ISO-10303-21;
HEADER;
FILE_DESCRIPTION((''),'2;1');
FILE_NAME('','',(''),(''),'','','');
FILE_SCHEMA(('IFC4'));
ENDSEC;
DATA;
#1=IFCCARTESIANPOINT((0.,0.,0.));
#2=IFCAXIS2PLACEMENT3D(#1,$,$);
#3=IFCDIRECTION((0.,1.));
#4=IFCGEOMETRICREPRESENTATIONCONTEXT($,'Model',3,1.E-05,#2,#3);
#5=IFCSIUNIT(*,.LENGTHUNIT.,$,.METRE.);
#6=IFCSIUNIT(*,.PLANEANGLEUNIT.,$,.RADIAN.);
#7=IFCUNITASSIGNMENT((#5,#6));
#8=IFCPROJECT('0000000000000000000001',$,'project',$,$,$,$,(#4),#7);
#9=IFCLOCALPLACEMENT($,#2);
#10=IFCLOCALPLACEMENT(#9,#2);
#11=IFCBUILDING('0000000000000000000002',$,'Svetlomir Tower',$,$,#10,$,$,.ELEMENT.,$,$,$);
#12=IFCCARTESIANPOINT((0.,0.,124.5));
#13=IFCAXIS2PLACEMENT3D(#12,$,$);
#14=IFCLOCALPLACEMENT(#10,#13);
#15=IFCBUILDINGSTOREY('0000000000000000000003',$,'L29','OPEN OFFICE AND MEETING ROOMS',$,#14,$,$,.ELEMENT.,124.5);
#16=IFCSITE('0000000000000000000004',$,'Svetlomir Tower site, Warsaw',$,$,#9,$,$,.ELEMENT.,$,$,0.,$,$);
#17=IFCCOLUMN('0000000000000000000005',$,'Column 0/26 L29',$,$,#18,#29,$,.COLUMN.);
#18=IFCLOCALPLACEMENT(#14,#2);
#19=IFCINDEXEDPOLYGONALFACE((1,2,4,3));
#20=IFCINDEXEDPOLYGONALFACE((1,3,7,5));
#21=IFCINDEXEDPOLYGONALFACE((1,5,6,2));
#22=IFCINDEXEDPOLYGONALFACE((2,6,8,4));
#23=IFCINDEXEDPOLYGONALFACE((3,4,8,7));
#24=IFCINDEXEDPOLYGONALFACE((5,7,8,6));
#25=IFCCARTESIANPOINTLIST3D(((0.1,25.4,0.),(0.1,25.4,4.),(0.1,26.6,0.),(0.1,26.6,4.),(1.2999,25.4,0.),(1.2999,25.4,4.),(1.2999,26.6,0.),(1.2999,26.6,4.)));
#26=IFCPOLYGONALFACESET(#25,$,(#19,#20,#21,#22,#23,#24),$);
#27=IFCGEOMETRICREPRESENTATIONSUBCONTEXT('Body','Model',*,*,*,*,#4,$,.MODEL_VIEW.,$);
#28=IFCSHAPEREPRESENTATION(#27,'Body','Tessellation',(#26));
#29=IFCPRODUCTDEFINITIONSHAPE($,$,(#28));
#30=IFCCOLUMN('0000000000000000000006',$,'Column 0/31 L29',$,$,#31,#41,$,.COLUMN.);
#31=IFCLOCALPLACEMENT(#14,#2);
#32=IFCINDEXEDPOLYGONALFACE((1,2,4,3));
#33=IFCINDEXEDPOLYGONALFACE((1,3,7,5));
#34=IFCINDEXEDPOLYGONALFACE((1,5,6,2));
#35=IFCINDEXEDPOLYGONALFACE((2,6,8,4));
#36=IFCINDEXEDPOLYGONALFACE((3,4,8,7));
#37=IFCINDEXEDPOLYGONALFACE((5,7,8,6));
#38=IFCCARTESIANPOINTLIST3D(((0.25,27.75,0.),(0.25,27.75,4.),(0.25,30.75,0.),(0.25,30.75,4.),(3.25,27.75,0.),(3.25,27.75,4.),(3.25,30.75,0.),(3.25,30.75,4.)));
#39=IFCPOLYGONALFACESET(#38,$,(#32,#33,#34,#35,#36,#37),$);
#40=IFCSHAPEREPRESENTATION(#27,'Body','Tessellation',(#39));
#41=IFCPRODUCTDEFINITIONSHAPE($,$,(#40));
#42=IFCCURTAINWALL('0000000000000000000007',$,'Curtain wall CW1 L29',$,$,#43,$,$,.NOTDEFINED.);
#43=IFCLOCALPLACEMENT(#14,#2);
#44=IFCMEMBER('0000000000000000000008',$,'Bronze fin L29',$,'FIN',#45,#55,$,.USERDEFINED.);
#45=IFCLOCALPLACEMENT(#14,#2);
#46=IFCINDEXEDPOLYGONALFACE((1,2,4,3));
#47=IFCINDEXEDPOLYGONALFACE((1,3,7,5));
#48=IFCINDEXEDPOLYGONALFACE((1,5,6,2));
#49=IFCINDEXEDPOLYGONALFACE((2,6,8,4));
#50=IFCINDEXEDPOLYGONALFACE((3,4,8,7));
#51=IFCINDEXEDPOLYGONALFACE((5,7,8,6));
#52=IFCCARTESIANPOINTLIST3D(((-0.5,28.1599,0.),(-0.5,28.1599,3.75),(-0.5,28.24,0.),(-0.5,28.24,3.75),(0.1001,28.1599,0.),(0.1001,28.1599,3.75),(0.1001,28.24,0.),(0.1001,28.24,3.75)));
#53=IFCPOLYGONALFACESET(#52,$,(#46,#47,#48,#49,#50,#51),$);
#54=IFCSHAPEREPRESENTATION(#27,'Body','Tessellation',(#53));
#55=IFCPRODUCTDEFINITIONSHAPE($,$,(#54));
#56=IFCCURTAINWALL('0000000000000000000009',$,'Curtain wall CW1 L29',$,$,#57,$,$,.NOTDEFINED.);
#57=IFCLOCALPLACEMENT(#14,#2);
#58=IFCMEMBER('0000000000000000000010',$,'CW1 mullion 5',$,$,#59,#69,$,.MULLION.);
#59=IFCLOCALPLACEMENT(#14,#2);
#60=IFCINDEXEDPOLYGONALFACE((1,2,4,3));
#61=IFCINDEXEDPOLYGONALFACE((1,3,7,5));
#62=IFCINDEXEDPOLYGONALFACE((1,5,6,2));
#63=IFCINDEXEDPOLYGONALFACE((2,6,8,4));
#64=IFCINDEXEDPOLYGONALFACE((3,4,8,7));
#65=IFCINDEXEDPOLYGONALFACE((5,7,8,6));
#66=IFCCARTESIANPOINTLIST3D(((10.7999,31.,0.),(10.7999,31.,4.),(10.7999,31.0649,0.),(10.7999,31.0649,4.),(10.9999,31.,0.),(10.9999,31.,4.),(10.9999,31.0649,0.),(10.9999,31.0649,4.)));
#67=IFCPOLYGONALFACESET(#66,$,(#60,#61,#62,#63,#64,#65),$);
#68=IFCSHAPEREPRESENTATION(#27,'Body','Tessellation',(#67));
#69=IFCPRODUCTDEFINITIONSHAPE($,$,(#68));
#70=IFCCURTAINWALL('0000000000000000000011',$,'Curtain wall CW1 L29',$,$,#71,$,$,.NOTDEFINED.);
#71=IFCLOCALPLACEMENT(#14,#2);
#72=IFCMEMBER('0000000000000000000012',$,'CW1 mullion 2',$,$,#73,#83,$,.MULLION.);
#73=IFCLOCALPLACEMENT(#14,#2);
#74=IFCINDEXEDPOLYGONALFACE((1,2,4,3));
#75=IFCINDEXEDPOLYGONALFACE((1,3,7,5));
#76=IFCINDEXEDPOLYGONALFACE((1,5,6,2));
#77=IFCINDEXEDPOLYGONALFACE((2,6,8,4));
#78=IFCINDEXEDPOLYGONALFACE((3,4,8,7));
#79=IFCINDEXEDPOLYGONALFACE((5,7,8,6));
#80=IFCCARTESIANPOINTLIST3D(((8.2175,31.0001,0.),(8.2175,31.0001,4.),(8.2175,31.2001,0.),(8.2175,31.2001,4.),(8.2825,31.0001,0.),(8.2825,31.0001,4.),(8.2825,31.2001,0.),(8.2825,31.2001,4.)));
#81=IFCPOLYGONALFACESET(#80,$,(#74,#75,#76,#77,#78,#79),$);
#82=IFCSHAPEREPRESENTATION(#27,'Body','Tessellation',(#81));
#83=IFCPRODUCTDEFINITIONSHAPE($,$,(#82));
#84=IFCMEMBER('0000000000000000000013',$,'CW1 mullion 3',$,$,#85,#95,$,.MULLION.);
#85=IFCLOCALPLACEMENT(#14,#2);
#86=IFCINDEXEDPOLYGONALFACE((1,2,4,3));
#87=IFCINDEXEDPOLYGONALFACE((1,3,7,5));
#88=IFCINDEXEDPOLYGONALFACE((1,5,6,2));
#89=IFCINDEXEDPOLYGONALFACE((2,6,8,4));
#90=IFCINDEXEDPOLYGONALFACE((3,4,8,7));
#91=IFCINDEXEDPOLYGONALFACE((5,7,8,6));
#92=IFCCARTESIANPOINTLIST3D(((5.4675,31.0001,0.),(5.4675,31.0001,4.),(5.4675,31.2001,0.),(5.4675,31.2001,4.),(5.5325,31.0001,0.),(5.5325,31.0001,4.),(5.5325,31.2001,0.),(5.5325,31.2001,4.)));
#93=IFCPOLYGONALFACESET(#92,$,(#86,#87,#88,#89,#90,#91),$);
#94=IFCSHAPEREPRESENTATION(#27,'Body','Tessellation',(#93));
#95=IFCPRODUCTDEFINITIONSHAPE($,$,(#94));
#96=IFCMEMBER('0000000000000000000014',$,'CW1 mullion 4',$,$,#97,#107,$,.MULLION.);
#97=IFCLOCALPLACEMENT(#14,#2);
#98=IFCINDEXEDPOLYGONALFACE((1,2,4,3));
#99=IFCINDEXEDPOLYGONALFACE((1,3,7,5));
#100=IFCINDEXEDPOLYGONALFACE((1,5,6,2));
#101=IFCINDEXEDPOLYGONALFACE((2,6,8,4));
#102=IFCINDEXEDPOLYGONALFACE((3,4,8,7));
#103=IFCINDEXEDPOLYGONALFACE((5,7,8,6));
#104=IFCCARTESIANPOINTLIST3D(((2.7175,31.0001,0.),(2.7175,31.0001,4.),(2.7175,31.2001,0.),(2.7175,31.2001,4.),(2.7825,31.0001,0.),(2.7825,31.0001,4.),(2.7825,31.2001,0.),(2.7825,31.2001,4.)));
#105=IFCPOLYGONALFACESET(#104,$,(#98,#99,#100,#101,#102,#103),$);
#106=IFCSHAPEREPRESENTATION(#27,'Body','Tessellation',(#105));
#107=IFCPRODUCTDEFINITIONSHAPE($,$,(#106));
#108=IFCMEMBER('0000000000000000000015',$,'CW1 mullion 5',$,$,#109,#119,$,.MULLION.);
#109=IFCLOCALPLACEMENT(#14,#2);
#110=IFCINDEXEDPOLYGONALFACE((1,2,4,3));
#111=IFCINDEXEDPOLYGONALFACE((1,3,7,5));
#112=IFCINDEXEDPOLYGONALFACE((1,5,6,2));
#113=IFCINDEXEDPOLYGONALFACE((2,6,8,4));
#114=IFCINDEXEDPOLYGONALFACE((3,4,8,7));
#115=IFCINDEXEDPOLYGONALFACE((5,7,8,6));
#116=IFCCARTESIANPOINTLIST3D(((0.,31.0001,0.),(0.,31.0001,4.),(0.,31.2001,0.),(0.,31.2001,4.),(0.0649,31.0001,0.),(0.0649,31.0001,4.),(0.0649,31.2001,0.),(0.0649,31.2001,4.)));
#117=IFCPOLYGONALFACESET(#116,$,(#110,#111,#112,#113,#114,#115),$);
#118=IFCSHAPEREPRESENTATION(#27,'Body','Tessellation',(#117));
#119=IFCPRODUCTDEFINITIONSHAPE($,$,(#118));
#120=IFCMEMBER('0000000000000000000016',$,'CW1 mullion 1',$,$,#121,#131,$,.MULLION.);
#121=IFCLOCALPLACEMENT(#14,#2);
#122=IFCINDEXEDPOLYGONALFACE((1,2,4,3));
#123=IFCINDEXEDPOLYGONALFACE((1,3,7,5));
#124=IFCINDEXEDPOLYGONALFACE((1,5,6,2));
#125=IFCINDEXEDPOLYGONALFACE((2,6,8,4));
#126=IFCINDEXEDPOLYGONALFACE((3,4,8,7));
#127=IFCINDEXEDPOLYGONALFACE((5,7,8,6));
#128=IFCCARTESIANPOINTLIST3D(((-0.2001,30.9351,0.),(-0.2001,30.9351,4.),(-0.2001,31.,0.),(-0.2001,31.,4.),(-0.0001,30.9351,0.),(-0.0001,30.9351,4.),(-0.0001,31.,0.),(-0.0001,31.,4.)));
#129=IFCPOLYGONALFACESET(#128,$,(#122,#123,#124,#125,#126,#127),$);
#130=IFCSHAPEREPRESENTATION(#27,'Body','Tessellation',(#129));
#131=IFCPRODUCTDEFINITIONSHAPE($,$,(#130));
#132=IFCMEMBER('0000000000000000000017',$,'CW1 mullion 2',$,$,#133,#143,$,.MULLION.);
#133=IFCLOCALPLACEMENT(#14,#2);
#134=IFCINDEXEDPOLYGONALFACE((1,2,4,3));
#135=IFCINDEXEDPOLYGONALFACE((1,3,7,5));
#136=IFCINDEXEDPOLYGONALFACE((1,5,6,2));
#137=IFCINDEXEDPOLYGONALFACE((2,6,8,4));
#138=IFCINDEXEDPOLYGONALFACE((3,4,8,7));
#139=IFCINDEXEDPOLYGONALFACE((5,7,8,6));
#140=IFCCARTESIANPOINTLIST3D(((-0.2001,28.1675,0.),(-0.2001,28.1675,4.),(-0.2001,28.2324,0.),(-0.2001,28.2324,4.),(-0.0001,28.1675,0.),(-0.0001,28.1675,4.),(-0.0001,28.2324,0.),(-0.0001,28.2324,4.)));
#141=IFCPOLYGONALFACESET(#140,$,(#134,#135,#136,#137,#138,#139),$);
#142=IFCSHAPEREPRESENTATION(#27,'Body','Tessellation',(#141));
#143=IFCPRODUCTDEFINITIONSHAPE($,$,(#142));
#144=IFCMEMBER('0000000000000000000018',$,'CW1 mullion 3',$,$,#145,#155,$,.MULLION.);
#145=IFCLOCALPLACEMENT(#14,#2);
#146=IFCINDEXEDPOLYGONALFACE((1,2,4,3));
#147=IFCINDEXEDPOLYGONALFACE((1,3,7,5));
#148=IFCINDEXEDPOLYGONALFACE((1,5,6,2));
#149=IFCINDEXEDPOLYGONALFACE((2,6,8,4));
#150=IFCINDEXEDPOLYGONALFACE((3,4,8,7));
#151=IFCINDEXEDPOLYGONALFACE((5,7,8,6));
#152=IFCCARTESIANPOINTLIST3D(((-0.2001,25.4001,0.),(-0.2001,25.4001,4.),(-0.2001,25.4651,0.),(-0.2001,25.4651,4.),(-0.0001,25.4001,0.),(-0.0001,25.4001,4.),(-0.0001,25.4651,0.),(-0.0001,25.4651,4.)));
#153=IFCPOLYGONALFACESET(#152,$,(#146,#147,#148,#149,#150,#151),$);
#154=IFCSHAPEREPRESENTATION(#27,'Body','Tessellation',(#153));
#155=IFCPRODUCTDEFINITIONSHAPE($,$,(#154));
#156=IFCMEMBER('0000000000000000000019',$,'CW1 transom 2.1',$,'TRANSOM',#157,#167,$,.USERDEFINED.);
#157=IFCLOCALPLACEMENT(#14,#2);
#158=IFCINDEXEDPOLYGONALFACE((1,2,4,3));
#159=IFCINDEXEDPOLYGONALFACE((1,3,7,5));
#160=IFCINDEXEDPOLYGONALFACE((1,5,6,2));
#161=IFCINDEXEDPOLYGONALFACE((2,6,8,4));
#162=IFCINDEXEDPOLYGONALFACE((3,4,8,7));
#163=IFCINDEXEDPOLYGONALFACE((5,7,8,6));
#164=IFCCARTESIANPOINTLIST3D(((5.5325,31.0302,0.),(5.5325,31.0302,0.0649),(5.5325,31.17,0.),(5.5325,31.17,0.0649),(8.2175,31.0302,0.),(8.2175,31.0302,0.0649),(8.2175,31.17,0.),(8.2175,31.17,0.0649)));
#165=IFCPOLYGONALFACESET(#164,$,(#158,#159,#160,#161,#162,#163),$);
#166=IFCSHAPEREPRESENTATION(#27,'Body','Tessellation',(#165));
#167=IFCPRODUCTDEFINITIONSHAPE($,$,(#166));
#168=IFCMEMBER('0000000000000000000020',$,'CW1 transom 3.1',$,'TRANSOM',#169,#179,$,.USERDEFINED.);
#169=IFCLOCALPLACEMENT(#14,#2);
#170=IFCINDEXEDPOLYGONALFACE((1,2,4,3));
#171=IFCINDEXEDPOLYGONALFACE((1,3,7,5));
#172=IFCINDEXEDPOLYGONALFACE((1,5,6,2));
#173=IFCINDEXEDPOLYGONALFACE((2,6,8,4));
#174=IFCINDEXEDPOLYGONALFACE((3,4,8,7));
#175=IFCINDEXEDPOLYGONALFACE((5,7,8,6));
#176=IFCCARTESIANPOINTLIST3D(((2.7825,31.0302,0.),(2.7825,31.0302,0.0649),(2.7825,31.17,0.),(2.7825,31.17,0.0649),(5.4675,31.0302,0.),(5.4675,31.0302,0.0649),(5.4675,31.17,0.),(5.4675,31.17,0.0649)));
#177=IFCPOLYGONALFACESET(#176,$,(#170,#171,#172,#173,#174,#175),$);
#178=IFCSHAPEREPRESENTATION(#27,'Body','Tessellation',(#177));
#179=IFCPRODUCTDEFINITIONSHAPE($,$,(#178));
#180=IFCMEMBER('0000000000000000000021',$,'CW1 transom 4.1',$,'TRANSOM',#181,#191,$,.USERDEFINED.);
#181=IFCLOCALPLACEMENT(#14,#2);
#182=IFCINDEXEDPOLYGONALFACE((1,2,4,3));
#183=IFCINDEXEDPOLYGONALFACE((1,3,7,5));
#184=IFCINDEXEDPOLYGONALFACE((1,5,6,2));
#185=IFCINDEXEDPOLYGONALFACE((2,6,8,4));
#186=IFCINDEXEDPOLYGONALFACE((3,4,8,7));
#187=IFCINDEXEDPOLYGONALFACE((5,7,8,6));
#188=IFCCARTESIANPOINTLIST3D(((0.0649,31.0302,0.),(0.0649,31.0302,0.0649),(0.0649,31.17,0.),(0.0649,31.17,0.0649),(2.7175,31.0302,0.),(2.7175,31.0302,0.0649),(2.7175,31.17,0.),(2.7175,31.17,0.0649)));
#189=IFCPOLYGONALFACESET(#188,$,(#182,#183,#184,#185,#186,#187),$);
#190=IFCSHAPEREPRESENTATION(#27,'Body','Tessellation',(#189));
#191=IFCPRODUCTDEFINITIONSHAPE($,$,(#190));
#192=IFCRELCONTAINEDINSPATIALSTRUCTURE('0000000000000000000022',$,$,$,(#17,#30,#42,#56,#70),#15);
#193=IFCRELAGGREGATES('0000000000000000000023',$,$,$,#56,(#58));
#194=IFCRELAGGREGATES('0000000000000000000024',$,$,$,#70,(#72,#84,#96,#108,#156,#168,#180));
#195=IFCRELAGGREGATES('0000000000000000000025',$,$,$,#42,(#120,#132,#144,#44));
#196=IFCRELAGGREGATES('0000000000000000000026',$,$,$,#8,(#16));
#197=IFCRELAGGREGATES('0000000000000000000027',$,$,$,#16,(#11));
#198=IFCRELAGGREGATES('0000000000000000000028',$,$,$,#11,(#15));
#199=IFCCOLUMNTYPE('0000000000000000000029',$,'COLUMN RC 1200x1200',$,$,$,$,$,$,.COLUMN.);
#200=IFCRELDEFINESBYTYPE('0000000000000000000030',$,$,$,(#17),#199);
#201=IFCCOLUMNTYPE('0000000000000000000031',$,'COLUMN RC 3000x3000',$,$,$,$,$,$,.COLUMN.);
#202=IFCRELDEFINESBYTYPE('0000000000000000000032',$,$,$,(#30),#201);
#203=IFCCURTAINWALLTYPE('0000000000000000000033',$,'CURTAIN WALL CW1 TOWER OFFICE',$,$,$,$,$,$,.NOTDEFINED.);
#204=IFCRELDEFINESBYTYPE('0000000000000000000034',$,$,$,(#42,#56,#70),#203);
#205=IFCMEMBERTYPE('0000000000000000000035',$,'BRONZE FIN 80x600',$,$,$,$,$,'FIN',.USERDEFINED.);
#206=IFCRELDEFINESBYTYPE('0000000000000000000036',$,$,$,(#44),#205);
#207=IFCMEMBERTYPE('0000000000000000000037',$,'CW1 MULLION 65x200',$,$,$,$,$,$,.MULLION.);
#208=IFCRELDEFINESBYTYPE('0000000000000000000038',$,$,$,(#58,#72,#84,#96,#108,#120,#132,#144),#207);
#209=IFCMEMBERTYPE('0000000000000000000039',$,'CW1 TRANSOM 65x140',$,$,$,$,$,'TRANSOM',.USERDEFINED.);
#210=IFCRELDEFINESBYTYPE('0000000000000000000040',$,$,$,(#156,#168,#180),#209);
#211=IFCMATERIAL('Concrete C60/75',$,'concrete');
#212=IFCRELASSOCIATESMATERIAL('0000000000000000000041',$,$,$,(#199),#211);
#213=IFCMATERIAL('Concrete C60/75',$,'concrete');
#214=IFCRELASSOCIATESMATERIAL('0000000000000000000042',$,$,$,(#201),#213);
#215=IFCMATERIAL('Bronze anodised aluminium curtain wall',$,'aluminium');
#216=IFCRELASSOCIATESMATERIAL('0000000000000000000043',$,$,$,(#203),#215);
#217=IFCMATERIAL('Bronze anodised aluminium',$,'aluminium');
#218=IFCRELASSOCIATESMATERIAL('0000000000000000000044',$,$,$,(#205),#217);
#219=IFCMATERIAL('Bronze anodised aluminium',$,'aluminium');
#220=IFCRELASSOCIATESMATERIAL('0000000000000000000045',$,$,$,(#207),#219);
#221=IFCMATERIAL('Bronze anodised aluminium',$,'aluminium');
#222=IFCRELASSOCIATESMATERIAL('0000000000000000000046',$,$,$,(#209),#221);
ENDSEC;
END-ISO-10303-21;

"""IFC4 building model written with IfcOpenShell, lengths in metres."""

from ifc_helpers import new_model, si_unit, direction, frame, origin, origin_2d, place, context, subcontext, project, spatial, rectangle, extrude, material, material_profile, profile_set, type_object, element, aggregate, save


model = new_model("IFC4")

# Units and contexts
model_context = context("Model", 3, precision=1e-05, world=origin(), true_north=direction((0.0, 1.0)))
body_context = subcontext(model_context, "Body", "Model", "MODEL_VIEW")
ifc_project = project(units=[si_unit("LENGTHUNIT", "METRE"), si_unit("PLANEANGLEUNIT", "RADIAN")], contexts=[model_context])

# Site, building, storey
site_placement = place(None, origin())
site = spatial("IfcSite", under=ifc_project, at=site_placement, Name="Svetlomir Tower site, Warsaw", CompositionType="ELEMENT", RefElevation=0.0)
building_placement = place(site_placement, origin())
building = spatial("IfcBuilding", under=site, at=building_placement, Name="Svetlomir Tower", CompositionType="ELEMENT")
storey_placement = place(building_placement, frame((0.0, 0.0, 124.5)))
storey = spatial("IfcBuildingStorey", under=building, at=storey_placement, Name="L29", Description="OPEN OFFICE AND MEETING ROOMS", CompositionType="ELEMENT", Elevation=124.5)

# Columns
ifc_material_1 = material(Name="Concrete C60/75", Category="concrete")
ifc_material_profile_1 = material_profile(ifc_material_1, rectangle(XDim=1.2, YDim=1.2, at=origin_2d()), Name="RC 1200x1200")
ifc_profile_set_1 = profile_set([ifc_material_profile_1], Name="Concrete C60/75")
column_type_1 = type_object("IfcColumnType", Name="COLUMN RC 1200x1200", PredefinedType="COLUMN", material=ifc_profile_set_1)
column_1_placement = place(storey_placement, frame((0.7, 26.0, 0.0), z_axis=(0.0, 0.0, 1.0), x_axis=(1.0, 0.0, 0.0)))
element("IfcColumn", 1, at=column_1_placement, inside=storey, type_object=column_type_1, Name="Column 0/26 L29", PredefinedType="COLUMN", context=body_context, shape_type="SweptSolid", body=[
    extrude(rectangle(XDim=1.2, YDim=1.2, at=origin_2d()), origin(), (0.0, 0.0, 1.0), 4.0),
])
ifc_material_2 = material(Name="Concrete C60/75", Category="concrete")
ifc_material_profile_2 = material_profile(ifc_material_2, rectangle(XDim=3.0, YDim=3.0, at=origin_2d()), Name="RC 3000x3000")
ifc_profile_set_2 = profile_set([ifc_material_profile_2], Name="Concrete C60/75")
column_type_2 = type_object("IfcColumnType", Name="COLUMN RC 3000x3000", PredefinedType="COLUMN", material=ifc_profile_set_2)
column_2_placement = place(storey_placement, frame((1.75, 29.25, 0.0), z_axis=(0.0, 0.0, 1.0), x_axis=(1.0, 0.0, 0.0)))
element("IfcColumn", 2, at=column_2_placement, inside=storey, type_object=column_type_2, Name="Column 0/31 L29", PredefinedType="COLUMN", context=body_context, shape_type="SweptSolid", body=[
    extrude(rectangle(XDim=3.0, YDim=3.0, at=origin_2d()), origin(), (0.0, 0.0, 1.0), 4.0),
])

# Curtain walls, members
ifc_material_3 = material(Name="Bronze anodised aluminium curtain wall", Category="aluminium")
curtain_wall_type = type_object("IfcCurtainWallType", Name="CURTAIN WALL CW1 TOWER OFFICE", PredefinedType="NOTDEFINED", material=ifc_material_3)
curtain_wall_1_placement = place(storey_placement, origin())
curtain_wall_1 = element("IfcCurtainWall", 3, at=curtain_wall_1_placement, inside=storey, type_object=curtain_wall_type, Name="Curtain wall CW1 L29", PredefinedType="NOTDEFINED")
ifc_material_4 = material(Name="Bronze anodised aluminium", Category="aluminium")
ifc_material_profile_3 = material_profile(ifc_material_4, rectangle(XDim=0.0801, YDim=0.6001, at=origin_2d()), Name="FIN 80x600")
ifc_profile_set_3 = profile_set([ifc_material_profile_3], Name="Bronze anodised aluminium 6063-T6")
member_type_1 = type_object("IfcMemberType", Name="BRONZE FIN 80x600", ElementType="FIN", PredefinedType="USERDEFINED", material=ifc_profile_set_3)
member_1_placement = place(storey_placement, frame((-0.2, 28.2, 0.0), z_axis=(0.0, 0.0, 1.0), x_axis=(0.0, 1.0, 0.0)))
member_1 = element("IfcMember", 4, at=member_1_placement, type_object=member_type_1, Name="Bronze fin L29", ObjectType="FIN", PredefinedType="USERDEFINED", context=body_context, shape_type="SweptSolid", body=[
    extrude(rectangle(XDim=0.0801, YDim=0.6001, at=origin_2d()), origin(), (0.0, 0.0, 1.0), 3.75),
])
curtain_wall_2_placement = place(storey_placement, origin())
curtain_wall_2 = element("IfcCurtainWall", 5, at=curtain_wall_2_placement, inside=storey, type_object=curtain_wall_type, Name="Curtain wall CW1 L29", PredefinedType="NOTDEFINED")
ifc_material_5 = material(Name="Bronze anodised aluminium", Category="aluminium")
ifc_material_profile_4 = material_profile(ifc_material_5, rectangle(XDim=0.0649, YDim=0.2, at=origin_2d()), Name="AL 65x200")
ifc_profile_set_4 = profile_set([ifc_material_profile_4], Name="Bronze anodised aluminium 6063-T6")
member_type_2 = type_object("IfcMemberType", Name="CW1 MULLION 65x200", PredefinedType="MULLION", material=ifc_profile_set_4)
member_2_placement = place(storey_placement, frame((10.8999, 31.0325, 0.0), z_axis=(0.0, 0.0, 1.0), x_axis=(0.0, -1.0, 0.0)))
member_2 = element("IfcMember", 6, at=member_2_placement, type_object=member_type_2, Name="CW1 mullion 5", PredefinedType="MULLION", context=body_context, shape_type="SweptSolid", body=[
    extrude(rectangle(XDim=0.0649, YDim=0.2, at=origin_2d()), origin(), (0.0, 0.0, 1.0), 4.0),
])
aggregate(curtain_wall_2, [member_2])

# Curtain wall, members
curtain_wall_3_placement = place(storey_placement, origin())
curtain_wall_3 = element("IfcCurtainWall", 7, at=curtain_wall_3_placement, inside=storey, type_object=curtain_wall_type, Name="Curtain wall CW1 L29", PredefinedType="NOTDEFINED")
member_3_placement = place(storey_placement, frame((8.25, 31.1001, 0.0), z_axis=(0.0, 0.0, 1.0), x_axis=(-1.0, 0.0, 0.0)))
member_3 = element("IfcMember", 8, at=member_3_placement, type_object=member_type_2, Name="CW1 mullion 2", PredefinedType="MULLION", context=body_context, shape_type="SweptSolid", body=[
    extrude(rectangle(XDim=0.0649, YDim=0.2, at=origin_2d()), origin(), (0.0, 0.0, 1.0), 4.0),
])
member_4_placement = place(storey_placement, frame((5.5, 31.1001, 0.0), z_axis=(0.0, 0.0, 1.0), x_axis=(-1.0, 0.0, 0.0)))
member_4 = element("IfcMember", 9, at=member_4_placement, type_object=member_type_2, Name="CW1 mullion 3", PredefinedType="MULLION", context=body_context, shape_type="SweptSolid", body=[
    extrude(rectangle(XDim=0.0649, YDim=0.2, at=origin_2d()), origin(), (0.0, 0.0, 1.0), 4.0),
])
member_5_placement = place(storey_placement, frame((2.75, 31.1001, 0.0), z_axis=(0.0, 0.0, 1.0), x_axis=(-1.0, 0.0, 0.0)))
member_5 = element("IfcMember", 10, at=member_5_placement, type_object=member_type_2, Name="CW1 mullion 4", PredefinedType="MULLION", context=body_context, shape_type="SweptSolid", body=[
    extrude(rectangle(XDim=0.0649, YDim=0.2, at=origin_2d()), origin(), (0.0, 0.0, 1.0), 4.0),
])
member_6_placement = place(storey_placement, frame((0.0325, 31.1001, 0.0), z_axis=(0.0, 0.0, 1.0), x_axis=(-1.0, 0.0, 0.0)))
member_6 = element("IfcMember", 11, at=member_6_placement, type_object=member_type_2, Name="CW1 mullion 5", PredefinedType="MULLION", context=body_context, shape_type="SweptSolid", body=[
    extrude(rectangle(XDim=0.0649, YDim=0.2, at=origin_2d()), origin(), (0.0, 0.0, 1.0), 4.0),
])

# Members
member_7_placement = place(storey_placement, frame((-0.1001, 30.9675, 0.0), z_axis=(0.0, 0.0, 1.0), x_axis=(0.0, -1.0, 0.0)))
member_7 = element("IfcMember", 12, at=member_7_placement, type_object=member_type_2, Name="CW1 mullion 1", PredefinedType="MULLION", context=body_context, shape_type="SweptSolid", body=[
    extrude(rectangle(XDim=0.0649, YDim=0.2, at=origin_2d()), origin(), (0.0, 0.0, 1.0), 4.0),
])
member_8_placement = place(storey_placement, frame((-0.1001, 28.2, 0.0), z_axis=(0.0, 0.0, 1.0), x_axis=(0.0, -1.0, 0.0)))
member_8 = element("IfcMember", 13, at=member_8_placement, type_object=member_type_2, Name="CW1 mullion 2", PredefinedType="MULLION", context=body_context, shape_type="SweptSolid", body=[
    extrude(rectangle(XDim=0.0649, YDim=0.2, at=origin_2d()), origin(), (0.0, 0.0, 1.0), 4.0),
])
member_9_placement = place(storey_placement, frame((-0.1001, 25.4326, 0.0), z_axis=(0.0, 0.0, 1.0), x_axis=(0.0, -1.0, 0.0)))
member_9 = element("IfcMember", 14, at=member_9_placement, type_object=member_type_2, Name="CW1 mullion 3", PredefinedType="MULLION", context=body_context, shape_type="SweptSolid", body=[
    extrude(rectangle(XDim=0.0649, YDim=0.2, at=origin_2d()), origin(), (0.0, 0.0, 1.0), 4.0),
])
ifc_material_6 = material(Name="Bronze anodised aluminium", Category="aluminium")
ifc_material_profile_5 = material_profile(ifc_material_6, rectangle(XDim=0.1399, YDim=0.0649, at=origin_2d()), Name="AL 140x65")
ifc_profile_set_5 = profile_set([ifc_material_profile_5], Name="Bronze anodised aluminium 6063-T6")
member_type_3 = type_object("IfcMemberType", Name="CW1 TRANSOM 65x140", ElementType="TRANSOM", PredefinedType="USERDEFINED", material=ifc_profile_set_5)
member_10_placement = place(storey_placement, frame((8.2175, 31.1001, 0.0325), z_axis=(-1.0, 0.0, 0.0), x_axis=(0.0, -1.0, 0.0)))
member_10 = element("IfcMember", 15, at=member_10_placement, type_object=member_type_3, Name="CW1 transom 2.1", ObjectType="TRANSOM", PredefinedType="USERDEFINED", context=body_context, shape_type="SweptSolid", body=[
    extrude(rectangle(XDim=0.1399, YDim=0.0649, at=origin_2d()), origin(), (0.0, 0.0, 1.0), 2.6851),
])
member_11_placement = place(storey_placement, frame((5.4675, 31.1001, 0.0325), z_axis=(-1.0, 0.0, 0.0), x_axis=(0.0, -1.0, 0.0)))
member_11 = element("IfcMember", 16, at=member_11_placement, type_object=member_type_3, Name="CW1 transom 3.1", ObjectType="TRANSOM", PredefinedType="USERDEFINED", context=body_context, shape_type="SweptSolid", body=[
    extrude(rectangle(XDim=0.1399, YDim=0.0649, at=origin_2d()), origin(), (0.0, 0.0, 1.0), 2.6851),
])
member_12_placement = place(storey_placement, frame((2.7175, 31.1001, 0.0325), z_axis=(-1.0, 0.0, 0.0), x_axis=(0.0, -1.0, 0.0)))
member_12 = element("IfcMember", 17, at=member_12_placement, type_object=member_type_3, Name="CW1 transom 4.1", ObjectType="TRANSOM", PredefinedType="USERDEFINED", context=body_context, shape_type="SweptSolid", body=[
    extrude(rectangle(XDim=0.1399, YDim=0.0649, at=origin_2d()), origin(), (0.0, 0.0, 1.0), 2.6526),
])

aggregate(curtain_wall_3, [member_3, member_4, member_5, member_6, member_10, member_11, member_12])
aggregate(curtain_wall_1, [member_7, member_8, member_9, member_1])

save(model, "model.ifc")
